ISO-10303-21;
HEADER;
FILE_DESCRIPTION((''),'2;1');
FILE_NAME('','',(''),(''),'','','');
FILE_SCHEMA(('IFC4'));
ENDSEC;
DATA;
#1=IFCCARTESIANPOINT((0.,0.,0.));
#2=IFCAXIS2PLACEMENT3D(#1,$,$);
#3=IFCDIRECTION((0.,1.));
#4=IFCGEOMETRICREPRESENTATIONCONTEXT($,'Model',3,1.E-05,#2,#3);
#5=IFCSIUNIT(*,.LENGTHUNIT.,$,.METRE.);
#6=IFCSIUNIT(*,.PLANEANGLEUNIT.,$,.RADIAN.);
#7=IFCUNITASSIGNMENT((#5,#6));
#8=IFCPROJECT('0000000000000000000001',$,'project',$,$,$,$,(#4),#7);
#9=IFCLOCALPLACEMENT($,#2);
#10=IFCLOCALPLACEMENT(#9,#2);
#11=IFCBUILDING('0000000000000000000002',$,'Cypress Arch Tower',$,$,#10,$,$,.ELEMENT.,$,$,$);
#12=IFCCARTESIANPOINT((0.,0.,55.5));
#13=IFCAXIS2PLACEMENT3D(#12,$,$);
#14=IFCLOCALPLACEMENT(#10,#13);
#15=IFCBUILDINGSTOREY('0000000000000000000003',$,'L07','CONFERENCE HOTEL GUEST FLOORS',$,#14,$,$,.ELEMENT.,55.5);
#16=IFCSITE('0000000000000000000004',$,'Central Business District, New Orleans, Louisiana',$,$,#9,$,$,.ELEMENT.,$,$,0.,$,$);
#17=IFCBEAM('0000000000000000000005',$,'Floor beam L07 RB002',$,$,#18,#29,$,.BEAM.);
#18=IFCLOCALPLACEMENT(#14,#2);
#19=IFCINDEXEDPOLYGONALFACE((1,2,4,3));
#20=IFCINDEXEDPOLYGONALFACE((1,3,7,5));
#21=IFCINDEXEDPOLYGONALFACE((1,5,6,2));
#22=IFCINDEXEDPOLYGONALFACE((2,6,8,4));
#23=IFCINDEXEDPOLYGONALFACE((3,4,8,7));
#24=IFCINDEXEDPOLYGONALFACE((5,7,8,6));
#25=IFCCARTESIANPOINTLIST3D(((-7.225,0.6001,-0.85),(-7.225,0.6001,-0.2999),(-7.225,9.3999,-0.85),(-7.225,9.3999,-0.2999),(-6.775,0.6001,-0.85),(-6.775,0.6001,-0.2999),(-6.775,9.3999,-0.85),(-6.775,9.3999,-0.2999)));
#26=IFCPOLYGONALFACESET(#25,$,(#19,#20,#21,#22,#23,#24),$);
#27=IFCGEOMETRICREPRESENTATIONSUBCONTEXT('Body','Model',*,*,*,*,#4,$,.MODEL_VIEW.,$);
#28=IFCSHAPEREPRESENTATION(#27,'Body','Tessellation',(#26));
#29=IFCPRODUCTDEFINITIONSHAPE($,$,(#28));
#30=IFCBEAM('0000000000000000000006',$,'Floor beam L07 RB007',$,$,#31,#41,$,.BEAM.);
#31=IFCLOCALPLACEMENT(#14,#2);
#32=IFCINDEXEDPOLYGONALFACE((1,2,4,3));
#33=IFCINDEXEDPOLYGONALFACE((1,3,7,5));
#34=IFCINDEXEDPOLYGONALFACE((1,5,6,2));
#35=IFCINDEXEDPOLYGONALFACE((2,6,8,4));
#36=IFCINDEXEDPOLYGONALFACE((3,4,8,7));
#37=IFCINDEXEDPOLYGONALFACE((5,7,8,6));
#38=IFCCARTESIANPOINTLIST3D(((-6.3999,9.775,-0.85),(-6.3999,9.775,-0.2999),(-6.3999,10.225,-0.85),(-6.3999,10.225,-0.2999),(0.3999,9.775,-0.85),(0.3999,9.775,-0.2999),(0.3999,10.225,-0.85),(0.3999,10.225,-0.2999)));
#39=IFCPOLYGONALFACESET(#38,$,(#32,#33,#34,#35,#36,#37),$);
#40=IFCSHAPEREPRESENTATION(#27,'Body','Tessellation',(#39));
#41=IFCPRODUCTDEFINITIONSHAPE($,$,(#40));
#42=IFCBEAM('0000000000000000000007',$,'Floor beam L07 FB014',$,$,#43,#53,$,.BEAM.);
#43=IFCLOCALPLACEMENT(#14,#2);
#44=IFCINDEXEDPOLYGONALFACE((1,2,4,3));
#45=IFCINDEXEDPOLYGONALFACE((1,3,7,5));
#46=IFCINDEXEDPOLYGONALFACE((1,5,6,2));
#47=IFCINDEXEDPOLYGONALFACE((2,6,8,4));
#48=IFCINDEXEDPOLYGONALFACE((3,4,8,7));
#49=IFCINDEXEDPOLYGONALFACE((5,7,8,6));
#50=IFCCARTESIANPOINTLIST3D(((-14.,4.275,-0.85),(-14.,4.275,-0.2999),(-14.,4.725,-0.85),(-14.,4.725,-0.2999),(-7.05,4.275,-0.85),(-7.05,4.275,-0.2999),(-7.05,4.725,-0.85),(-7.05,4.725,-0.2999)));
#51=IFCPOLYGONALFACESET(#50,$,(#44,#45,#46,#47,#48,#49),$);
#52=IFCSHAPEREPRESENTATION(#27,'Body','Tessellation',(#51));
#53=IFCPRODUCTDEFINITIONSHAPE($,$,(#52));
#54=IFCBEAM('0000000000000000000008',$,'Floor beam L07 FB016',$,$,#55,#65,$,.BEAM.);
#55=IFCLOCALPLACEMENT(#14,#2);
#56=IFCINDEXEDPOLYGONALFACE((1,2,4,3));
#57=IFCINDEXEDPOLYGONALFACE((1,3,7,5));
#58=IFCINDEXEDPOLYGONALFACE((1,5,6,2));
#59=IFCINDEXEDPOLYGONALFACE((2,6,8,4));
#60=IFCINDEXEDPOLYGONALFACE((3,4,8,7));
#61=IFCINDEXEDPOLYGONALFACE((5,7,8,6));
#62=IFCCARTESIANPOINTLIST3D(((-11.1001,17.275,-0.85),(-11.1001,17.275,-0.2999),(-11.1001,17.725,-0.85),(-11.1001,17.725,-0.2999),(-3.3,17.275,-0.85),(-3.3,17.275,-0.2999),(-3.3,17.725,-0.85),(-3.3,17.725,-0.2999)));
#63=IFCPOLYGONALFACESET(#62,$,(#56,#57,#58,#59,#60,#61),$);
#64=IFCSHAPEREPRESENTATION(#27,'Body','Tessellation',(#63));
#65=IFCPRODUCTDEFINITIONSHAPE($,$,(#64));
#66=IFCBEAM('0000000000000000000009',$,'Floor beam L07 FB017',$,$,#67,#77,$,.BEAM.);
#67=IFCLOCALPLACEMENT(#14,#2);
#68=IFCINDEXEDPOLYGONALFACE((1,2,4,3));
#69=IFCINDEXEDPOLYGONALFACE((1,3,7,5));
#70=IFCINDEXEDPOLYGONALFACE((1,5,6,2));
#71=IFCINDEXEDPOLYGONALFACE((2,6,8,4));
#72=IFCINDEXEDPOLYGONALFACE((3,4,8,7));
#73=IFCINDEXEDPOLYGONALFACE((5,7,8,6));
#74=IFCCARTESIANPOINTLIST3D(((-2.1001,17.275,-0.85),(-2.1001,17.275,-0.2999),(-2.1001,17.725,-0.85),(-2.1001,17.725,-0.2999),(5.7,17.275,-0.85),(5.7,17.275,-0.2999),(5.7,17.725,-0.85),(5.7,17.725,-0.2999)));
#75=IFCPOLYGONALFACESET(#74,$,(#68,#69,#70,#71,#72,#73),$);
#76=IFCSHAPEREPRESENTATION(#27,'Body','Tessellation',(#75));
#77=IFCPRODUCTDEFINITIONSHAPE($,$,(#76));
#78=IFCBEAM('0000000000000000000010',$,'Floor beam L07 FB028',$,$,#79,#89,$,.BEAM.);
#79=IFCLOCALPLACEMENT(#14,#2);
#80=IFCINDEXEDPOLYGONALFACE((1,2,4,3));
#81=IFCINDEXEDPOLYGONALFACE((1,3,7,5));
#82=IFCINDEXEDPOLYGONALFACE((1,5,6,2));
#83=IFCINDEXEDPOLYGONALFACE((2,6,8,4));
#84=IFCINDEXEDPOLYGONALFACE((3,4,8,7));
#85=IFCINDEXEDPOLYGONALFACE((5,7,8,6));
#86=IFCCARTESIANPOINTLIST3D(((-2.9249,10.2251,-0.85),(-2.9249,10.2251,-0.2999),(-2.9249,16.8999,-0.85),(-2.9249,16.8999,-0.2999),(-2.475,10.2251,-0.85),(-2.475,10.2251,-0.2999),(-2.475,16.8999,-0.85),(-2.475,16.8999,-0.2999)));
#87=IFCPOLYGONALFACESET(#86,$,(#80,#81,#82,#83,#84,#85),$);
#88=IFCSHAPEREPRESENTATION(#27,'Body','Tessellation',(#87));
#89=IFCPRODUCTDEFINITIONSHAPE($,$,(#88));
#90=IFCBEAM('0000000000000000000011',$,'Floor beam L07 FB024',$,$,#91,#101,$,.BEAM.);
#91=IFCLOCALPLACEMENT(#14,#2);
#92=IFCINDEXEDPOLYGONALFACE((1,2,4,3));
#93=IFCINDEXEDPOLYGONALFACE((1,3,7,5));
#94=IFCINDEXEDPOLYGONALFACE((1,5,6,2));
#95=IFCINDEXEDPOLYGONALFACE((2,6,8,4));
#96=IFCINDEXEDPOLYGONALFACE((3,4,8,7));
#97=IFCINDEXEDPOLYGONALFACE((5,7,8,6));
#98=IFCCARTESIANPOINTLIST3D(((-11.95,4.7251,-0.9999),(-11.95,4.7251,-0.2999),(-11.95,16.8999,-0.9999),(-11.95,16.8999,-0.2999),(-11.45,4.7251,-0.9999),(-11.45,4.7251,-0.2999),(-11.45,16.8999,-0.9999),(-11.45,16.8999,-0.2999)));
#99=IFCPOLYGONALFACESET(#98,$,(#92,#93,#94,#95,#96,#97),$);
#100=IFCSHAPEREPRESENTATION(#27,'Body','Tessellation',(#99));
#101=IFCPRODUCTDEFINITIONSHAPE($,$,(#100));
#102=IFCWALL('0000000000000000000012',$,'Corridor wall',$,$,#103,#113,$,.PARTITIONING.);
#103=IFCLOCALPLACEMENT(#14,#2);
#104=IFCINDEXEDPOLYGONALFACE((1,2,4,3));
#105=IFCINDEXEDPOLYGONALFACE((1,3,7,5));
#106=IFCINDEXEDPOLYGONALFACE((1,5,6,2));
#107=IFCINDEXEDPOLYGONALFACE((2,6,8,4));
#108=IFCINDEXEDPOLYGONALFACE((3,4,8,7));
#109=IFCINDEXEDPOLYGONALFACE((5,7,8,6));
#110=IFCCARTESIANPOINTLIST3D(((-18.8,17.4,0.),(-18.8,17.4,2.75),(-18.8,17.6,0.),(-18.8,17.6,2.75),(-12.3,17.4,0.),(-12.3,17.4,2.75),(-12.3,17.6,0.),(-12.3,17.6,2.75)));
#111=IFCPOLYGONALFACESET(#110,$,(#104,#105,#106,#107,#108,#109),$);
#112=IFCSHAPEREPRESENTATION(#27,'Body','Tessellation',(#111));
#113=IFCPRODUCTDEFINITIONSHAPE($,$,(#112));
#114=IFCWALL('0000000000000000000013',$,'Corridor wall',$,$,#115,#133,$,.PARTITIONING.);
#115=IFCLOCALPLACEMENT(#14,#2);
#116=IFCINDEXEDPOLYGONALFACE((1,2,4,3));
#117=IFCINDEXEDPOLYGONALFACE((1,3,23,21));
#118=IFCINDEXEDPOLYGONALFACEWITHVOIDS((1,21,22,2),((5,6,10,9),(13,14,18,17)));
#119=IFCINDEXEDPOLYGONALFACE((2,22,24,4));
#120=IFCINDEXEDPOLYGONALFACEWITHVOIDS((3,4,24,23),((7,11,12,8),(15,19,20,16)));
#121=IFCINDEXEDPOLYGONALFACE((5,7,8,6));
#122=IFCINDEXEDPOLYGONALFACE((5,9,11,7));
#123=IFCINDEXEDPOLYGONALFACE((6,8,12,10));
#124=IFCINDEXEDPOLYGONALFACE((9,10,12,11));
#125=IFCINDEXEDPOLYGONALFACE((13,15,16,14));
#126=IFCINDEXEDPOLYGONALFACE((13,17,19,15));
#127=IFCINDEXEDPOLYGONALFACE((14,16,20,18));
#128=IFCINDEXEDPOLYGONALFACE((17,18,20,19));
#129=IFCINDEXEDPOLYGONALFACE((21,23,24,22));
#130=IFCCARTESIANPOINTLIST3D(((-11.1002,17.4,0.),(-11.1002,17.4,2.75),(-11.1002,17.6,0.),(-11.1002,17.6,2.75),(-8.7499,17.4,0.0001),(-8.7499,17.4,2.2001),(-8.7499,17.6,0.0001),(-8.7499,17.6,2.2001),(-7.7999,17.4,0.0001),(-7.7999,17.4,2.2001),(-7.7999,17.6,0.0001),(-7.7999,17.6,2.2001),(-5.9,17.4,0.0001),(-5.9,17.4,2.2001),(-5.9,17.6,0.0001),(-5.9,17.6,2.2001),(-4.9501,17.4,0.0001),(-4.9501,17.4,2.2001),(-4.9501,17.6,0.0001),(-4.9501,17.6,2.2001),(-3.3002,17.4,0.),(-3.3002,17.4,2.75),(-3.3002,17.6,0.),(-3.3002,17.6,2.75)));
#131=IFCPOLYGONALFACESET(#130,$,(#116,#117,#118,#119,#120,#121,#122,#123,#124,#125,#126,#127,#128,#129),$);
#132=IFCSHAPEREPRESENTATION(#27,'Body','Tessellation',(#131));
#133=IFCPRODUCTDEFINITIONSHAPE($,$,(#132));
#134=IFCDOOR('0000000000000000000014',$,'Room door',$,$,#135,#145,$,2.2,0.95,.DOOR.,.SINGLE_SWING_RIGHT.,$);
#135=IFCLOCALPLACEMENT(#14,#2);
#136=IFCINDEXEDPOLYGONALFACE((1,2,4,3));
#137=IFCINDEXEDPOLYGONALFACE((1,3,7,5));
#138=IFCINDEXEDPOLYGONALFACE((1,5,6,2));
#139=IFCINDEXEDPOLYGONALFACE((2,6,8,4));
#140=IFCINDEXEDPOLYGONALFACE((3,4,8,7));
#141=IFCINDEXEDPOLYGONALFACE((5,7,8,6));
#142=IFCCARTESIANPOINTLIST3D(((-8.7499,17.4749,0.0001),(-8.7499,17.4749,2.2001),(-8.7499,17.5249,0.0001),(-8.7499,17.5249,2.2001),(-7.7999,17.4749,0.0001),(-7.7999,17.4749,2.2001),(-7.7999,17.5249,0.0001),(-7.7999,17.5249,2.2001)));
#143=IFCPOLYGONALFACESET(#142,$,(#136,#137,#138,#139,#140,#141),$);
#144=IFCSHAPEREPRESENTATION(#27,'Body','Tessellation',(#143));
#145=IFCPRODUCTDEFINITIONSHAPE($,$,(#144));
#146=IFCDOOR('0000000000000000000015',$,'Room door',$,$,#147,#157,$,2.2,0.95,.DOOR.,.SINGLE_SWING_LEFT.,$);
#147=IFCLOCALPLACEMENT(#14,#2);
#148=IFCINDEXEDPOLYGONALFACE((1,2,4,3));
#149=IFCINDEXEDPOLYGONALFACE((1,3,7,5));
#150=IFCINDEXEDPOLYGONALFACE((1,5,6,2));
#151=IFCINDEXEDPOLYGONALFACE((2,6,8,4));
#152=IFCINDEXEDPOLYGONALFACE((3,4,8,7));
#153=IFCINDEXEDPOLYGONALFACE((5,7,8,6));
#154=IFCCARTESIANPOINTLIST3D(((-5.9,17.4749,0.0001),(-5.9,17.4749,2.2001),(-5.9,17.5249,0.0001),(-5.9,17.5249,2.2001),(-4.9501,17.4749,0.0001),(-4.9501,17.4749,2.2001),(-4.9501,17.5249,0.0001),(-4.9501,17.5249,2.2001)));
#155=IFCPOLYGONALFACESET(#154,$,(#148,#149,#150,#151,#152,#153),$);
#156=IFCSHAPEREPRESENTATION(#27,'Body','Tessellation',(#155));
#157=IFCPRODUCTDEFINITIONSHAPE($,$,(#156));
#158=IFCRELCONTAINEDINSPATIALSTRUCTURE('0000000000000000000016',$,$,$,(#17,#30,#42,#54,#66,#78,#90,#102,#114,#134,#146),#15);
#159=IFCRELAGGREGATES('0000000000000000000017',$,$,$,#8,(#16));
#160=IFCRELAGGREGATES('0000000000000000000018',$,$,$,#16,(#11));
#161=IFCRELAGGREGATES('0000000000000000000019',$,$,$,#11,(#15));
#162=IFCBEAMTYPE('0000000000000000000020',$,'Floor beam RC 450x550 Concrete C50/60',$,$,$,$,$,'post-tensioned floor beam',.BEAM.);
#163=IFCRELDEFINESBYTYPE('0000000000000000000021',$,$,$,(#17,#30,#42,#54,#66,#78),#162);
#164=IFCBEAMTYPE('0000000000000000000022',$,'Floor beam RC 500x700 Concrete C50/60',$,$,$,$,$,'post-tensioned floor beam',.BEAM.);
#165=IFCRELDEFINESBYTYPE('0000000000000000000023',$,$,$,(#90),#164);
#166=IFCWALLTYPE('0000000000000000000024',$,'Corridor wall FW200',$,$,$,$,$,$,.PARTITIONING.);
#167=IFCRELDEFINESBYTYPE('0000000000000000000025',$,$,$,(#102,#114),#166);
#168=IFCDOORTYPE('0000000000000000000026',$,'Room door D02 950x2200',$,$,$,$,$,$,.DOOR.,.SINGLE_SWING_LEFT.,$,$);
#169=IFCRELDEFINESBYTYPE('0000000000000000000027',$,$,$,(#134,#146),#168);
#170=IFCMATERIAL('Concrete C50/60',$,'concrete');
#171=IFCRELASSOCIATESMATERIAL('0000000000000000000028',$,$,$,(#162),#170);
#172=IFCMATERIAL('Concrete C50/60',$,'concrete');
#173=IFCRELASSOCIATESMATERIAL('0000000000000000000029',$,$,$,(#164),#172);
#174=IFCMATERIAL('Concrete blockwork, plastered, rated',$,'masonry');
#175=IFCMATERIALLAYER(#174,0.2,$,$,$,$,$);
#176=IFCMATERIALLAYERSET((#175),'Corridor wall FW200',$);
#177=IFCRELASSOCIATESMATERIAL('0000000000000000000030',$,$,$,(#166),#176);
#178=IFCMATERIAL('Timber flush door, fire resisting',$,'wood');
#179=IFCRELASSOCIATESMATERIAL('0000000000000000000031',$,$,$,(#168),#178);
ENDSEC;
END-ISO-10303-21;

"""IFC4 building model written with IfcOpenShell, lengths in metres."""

from ifc_helpers import new_model, si_unit, direction, frame, frame_2d, origin, origin_2d, place, context, subcontext, project, spatial, rectangle, extrude, material, layer, layer_set, material_profile, profile_set, type_object, element, fill, save


model = new_model("IFC4")

# Units and contexts
model_context = context("Model", 3, precision=1e-05, world=origin(), true_north=direction((0.0, 1.0)))
body_context = subcontext(model_context, "Body", "Model", "MODEL_VIEW")
ifc_project = project(units=[si_unit("LENGTHUNIT", "METRE"), si_unit("PLANEANGLEUNIT", "RADIAN")], contexts=[model_context])

# Site, building, storey
site_placement = place(None, origin())
site = spatial("IfcSite", under=ifc_project, at=site_placement, Name="Central Business District, New Orleans, Louisiana", CompositionType="ELEMENT", RefElevation=0.0)
building_placement = place(site_placement, origin())
building = spatial("IfcBuilding", under=site, at=building_placement, Name="Cypress Arch Tower", CompositionType="ELEMENT")
storey_placement = place(building_placement, frame((0.0, 0.0, 55.5)))
storey = spatial("IfcBuildingStorey", under=building, at=storey_placement, Name="L07", Description="CONFERENCE HOTEL GUEST FLOORS", CompositionType="ELEMENT", Elevation=55.5)

# Beams
ifc_material_1 = material(Name="Concrete C50/60", Category="concrete")
ifc_material_profile_1 = material_profile(ifc_material_1, rectangle(XDim=0.45, YDim=0.55, at=origin_2d()), Name="RC 450x550")
ifc_profile_set_1 = profile_set([ifc_material_profile_1], Name="Concrete C50/60")
beam_type_1 = type_object("IfcBeamType", Name="Floor beam RC 450x550 Concrete C50/60", ElementType="post-tensioned floor beam", PredefinedType="BEAM", material=ifc_profile_set_1)
beam_1_placement = place(storey_placement, frame((-7.0, 0.6001, -0.575), z_axis=(0.0, 1.0, 0.0), x_axis=(-1.0, 0.0, 0.0)))
element("IfcBeam", 1, at=beam_1_placement, inside=storey, type_object=beam_type_1, Name="Floor beam L07 RB002", PredefinedType="BEAM", context=body_context, shape_type="SweptSolid", body=[
    extrude(rectangle(XDim=0.45, YDim=0.55, at=origin_2d()), origin(), (0.0, 0.0, 1.0), 8.7998),
])
beam_2_placement = place(storey_placement, frame((-6.3999, 10.0, -0.575), z_axis=(1.0, 0.0, 0.0), x_axis=(0.0, 1.0, 0.0)))
element("IfcBeam", 2, at=beam_2_placement, inside=storey, type_object=beam_type_1, Name="Floor beam L07 RB007", PredefinedType="BEAM", context=body_context, shape_type="SweptSolid", body=[
    extrude(rectangle(XDim=0.45, YDim=0.55, at=origin_2d()), origin(), (0.0, 0.0, 1.0), 6.7998),
])
beam_3_placement = place(storey_placement, frame((-14.0, 4.5, -0.575), z_axis=(1.0, 0.0, 0.0), x_axis=(0.0, 1.0, 0.0)))
element("IfcBeam", 3, at=beam_3_placement, inside=storey, type_object=beam_type_1, Name="Floor beam L07 FB014", PredefinedType="BEAM", context=body_context, shape_type="SweptSolid", body=[
    extrude(rectangle(XDim=0.45, YDim=0.55, at=origin_2d()), origin(), (0.0, 0.0, 1.0), 6.95),
])
for number, where, z_axis, x_axis, name in (
    (4, (-11.1001, 17.5, -0.575), (1.0, 0.0, 0.0), (0.0, 1.0, 0.0), "Floor beam L07 FB016"),
    (5, (-2.1001, 17.5, -0.575), (1.0, 0.0, 0.0), (0.0, 1.0, 0.0), "Floor beam L07 FB017"),
):
    element("IfcBeam", number, at=place(storey_placement, frame(where, z_axis=z_axis, x_axis=x_axis)), inside=storey, type_object=beam_type_1, Name=name, PredefinedType="BEAM", context=body_context, shape_type="SweptSolid", body=[
        extrude(rectangle(XDim=0.45, YDim=0.55, at=origin_2d()), origin(), (0.0, 0.0, 1.0), 7.8),
    ])
beam_4_placement = place(storey_placement, frame((-2.7, 10.2251, -0.575), z_axis=(0.0, 1.0, 0.0), x_axis=(-1.0, 0.0, 0.0)))
element("IfcBeam", 6, at=beam_4_placement, inside=storey, type_object=beam_type_1, Name="Floor beam L07 FB028", PredefinedType="BEAM", context=body_context, shape_type="SweptSolid", body=[
    extrude(rectangle(XDim=0.45, YDim=0.55, at=origin_2d()), origin(), (0.0, 0.0, 1.0), 6.6748),
])
ifc_material_2 = material(Name="Concrete C50/60", Category="concrete")
ifc_material_profile_2 = material_profile(ifc_material_2, rectangle(XDim=0.5, YDim=0.7, at=origin_2d()), Name="RC 500x700")
ifc_profile_set_2 = profile_set([ifc_material_profile_2], Name="Concrete C50/60")
beam_type_2 = type_object("IfcBeamType", Name="Floor beam RC 500x700 Concrete C50/60", ElementType="post-tensioned floor beam", PredefinedType="BEAM", material=ifc_profile_set_2)
beam_5_placement = place(storey_placement, frame((-11.7, 4.7251, -0.6499), z_axis=(0.0, 1.0, 0.0), x_axis=(-1.0, 0.0, 0.0)))
element("IfcBeam", 7, at=beam_5_placement, inside=storey, type_object=beam_type_2, Name="Floor beam L07 FB024", PredefinedType="BEAM", context=body_context, shape_type="SweptSolid", body=[
    extrude(rectangle(XDim=0.5, YDim=0.7, at=origin_2d()), origin(), (0.0, 0.0, 1.0), 12.1748),
])

# Wall
ifc_material_3 = material(Name="Concrete blockwork, plastered, rated", Category="masonry")
ifc_layer_1 = layer(ifc_material_3, 0.2)
ifc_layer_set_1 = layer_set([ifc_layer_1], Name="Corridor wall FW200")
wall_type_1 = type_object("IfcWallType", Name="Corridor wall FW200", PredefinedType="PARTITIONING", material=ifc_layer_set_1)
wall_1_placement = place(storey_placement, frame((-18.8, 17.5, 0.0), z_axis=(0.0, 0.0, 1.0), x_axis=(1.0, 0.0, 0.0)))
element("IfcWall", 8, at=wall_1_placement, inside=storey, type_object=wall_type_1, Name="Corridor wall", PredefinedType="PARTITIONING", context=body_context, shape_type="SweptSolid", body=[
    extrude(rectangle(XDim=6.5, YDim=0.2, at=frame_2d((3.25, 0.0))), origin(), (0.0, 0.0, 1.0), 2.75),
])

# Wall, openings, doors
wall_2_placement = place(storey_placement, frame((-11.1001, 17.5, 0.0), z_axis=(0.0, 0.0, 1.0), x_axis=(1.0, 0.0, 0.0)))
wall_2 = element("IfcWall", 9, at=wall_2_placement, inside=storey, type_object=wall_type_1, Name="Corridor wall", PredefinedType="PARTITIONING", context=body_context, shape_type="SweptSolid", body=[
    extrude(rectangle(XDim=7.8, YDim=0.2, at=frame_2d((3.8999, 0.0))), origin(), (0.0, 0.0, 1.0), 2.75),
])
opening_1_placement = place(wall_2_placement, frame((2.3501, 0.0, 0.0)))
opening_1 = element("IfcOpeningElement", 10, at=opening_1_placement, cuts=wall_2, PredefinedType="OPENING", context=body_context, shape_type="SweptSolid", body=[
    extrude(rectangle(XDim=0.95, YDim=2.2, at=frame_2d((0.4751, 1.1001))), frame((0.0, 0.1099, 0.0), z_axis=(0.0, -1.0, 0.0), x_axis=(1.0, 0.0, 0.0)), (0.0, 0.0, 1.0), 0.22),
])
opening_2_placement = place(wall_2_placement, frame((5.2, 0.0, 0.0)))
opening_2 = element("IfcOpeningElement", 11, at=opening_2_placement, cuts=wall_2, PredefinedType="OPENING", context=body_context, shape_type="SweptSolid", body=[
    extrude(rectangle(XDim=0.95, YDim=2.2, at=frame_2d((0.4751, 1.1001))), frame((0.0, 0.1099, 0.0), z_axis=(0.0, -1.0, 0.0), x_axis=(1.0, 0.0, 0.0)), (0.0, 0.0, 1.0), 0.22),
])
ifc_material_4 = material(Name="Timber flush door, fire resisting", Category="wood")
door_type_1 = type_object("IfcDoorType", Name="Room door D02 950x2200", OperationType="SINGLE_SWING_LEFT", PredefinedType="DOOR", material=ifc_material_4)
door_1_placement = place(opening_1_placement, origin())
door_1 = element("IfcDoor", 12, at=door_1_placement, inside=storey, type_object=door_type_1, Name="Room door", OperationType="SINGLE_SWING_RIGHT", OverallHeight=2.2, OverallWidth=0.95, PredefinedType="DOOR", context=body_context, shape_type="SweptSolid", body=[
    extrude(rectangle(XDim=0.95, YDim=2.2, at=frame_2d((0.4751, 1.1001))), frame((0.0, 0.0249, 0.0), z_axis=(0.0, -1.0, 0.0), x_axis=(1.0, 0.0, 0.0)), (0.0, 0.0, 1.0), 0.05),
])
fill(opening_1, door_1)
door_2_placement = place(opening_2_placement, origin())
door_2 = element("IfcDoor", 13, at=door_2_placement, inside=storey, type_object=door_type_1, Name="Room door", OperationType="SINGLE_SWING_LEFT", OverallHeight=2.2, OverallWidth=0.95, PredefinedType="DOOR", context=body_context, shape_type="SweptSolid", body=[
    extrude(rectangle(XDim=0.95, YDim=2.2, at=frame_2d((0.4751, 1.1001))), frame((0.0, 0.0249, 0.0), z_axis=(0.0, -1.0, 0.0), x_axis=(1.0, 0.0, 0.0)), (0.0, 0.0, 1.0), 0.05),
])
fill(opening_2, door_2)

save(model, "model.ifc")
